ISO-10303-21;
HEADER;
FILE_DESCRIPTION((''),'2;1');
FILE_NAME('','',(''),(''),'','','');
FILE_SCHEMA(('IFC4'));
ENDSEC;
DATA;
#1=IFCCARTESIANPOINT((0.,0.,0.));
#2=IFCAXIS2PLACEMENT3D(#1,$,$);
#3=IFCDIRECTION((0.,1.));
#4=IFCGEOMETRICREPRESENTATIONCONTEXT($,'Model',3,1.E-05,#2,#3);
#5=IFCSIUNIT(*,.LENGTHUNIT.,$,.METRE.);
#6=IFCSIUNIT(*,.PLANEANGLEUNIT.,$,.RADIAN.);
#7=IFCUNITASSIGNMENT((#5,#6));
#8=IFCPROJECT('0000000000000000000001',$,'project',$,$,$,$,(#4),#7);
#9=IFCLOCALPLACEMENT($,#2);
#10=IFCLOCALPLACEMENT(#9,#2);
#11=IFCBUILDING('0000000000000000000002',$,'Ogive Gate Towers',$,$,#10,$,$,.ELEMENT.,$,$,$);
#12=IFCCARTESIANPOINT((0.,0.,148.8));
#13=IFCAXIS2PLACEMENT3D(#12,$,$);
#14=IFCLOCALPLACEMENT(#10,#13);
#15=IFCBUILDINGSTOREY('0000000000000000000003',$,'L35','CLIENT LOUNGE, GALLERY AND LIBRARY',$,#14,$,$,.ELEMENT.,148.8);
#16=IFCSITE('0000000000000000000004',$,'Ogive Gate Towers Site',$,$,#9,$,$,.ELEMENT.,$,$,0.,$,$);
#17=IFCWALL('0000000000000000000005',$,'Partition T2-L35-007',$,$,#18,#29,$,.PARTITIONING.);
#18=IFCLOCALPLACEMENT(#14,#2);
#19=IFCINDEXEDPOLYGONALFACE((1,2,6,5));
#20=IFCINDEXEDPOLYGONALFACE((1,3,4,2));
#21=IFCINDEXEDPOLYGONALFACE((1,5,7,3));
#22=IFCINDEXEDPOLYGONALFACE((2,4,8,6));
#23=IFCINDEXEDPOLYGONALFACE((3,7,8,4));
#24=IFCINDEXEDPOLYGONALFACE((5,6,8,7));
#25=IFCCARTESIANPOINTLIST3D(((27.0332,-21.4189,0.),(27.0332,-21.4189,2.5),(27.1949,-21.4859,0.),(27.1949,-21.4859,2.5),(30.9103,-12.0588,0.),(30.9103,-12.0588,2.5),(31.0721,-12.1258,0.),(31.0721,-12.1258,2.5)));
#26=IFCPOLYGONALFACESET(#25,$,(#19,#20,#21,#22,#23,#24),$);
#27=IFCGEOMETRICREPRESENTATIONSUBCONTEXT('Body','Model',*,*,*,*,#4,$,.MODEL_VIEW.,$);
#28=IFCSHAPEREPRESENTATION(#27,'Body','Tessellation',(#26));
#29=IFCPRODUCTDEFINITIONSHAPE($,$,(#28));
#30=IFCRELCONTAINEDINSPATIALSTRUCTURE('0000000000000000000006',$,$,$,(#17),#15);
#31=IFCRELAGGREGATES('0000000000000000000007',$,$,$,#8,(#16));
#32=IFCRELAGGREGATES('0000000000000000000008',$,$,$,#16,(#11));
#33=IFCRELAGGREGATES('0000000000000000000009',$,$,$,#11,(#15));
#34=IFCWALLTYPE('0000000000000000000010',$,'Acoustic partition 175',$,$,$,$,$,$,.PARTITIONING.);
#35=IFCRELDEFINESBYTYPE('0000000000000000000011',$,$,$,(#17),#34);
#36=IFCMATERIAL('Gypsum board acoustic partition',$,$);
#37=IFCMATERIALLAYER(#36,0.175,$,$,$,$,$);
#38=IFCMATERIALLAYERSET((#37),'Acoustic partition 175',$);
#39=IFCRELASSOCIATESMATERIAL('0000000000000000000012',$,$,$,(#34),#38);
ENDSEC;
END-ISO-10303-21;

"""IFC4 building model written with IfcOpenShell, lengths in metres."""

from ifc_helpers import new_model, si_unit, direction, frame, frame_2d, origin, place, context, subcontext, project, spatial, rectangle, extrude, material, layer, layer_set, type_object, element, save


model = new_model("IFC4")

# Units and contexts
model_context = context("Model", 3, precision=1e-05, world=origin(), true_north=direction((0.0, 1.0)))
body_context = subcontext(model_context, "Body", "Model", "MODEL_VIEW")
ifc_project = project(units=[si_unit("LENGTHUNIT", "METRE"), si_unit("PLANEANGLEUNIT", "RADIAN")], contexts=[model_context])

# Site, building, storey
site_placement = place(None, origin())
site = spatial("IfcSite", under=ifc_project, at=site_placement, Name="Ogive Gate Towers Site", CompositionType="ELEMENT", RefElevation=0.0)
building_placement = place(site_placement, origin())
building = spatial("IfcBuilding", under=site, at=building_placement, Name="Ogive Gate Towers", CompositionType="ELEMENT")
storey_placement = place(building_placement, frame((0.0, 0.0, 148.8)))
storey = spatial("IfcBuildingStorey", under=building, at=storey_placement, Name="L35", Description="CLIENT LOUNGE, GALLERY AND LIBRARY", CompositionType="ELEMENT", Elevation=148.8)

# Wall
ifc_material_1 = material(Name="Gypsum board acoustic partition")
ifc_layer_1 = layer(ifc_material_1, 0.175)
ifc_layer_set_1 = layer_set([ifc_layer_1], Name="Acoustic partition 175")
wall_type = type_object("IfcWallType", Name="Acoustic partition 175", PredefinedType="PARTITIONING", material=ifc_layer_set_1)
wall_placement = place(storey_placement, frame((27.114, -21.4524, 0.0), z_axis=(0.0, 0.0, 1.0), x_axis=(0.382693, 0.923876, 0.0)))
element("IfcWall", 1, at=wall_placement, inside=storey, type_object=wall_type, Name="Partition T2-L35-007", PredefinedType="PARTITIONING", context=body_context, shape_type="SweptSolid", body=[
    extrude(rectangle(XDim=10.1313, YDim=0.175, at=frame_2d((5.0657, 0.0))), origin(), (0.0, 0.0, 1.0), 2.5),
])

save(model, "model.ifc")
